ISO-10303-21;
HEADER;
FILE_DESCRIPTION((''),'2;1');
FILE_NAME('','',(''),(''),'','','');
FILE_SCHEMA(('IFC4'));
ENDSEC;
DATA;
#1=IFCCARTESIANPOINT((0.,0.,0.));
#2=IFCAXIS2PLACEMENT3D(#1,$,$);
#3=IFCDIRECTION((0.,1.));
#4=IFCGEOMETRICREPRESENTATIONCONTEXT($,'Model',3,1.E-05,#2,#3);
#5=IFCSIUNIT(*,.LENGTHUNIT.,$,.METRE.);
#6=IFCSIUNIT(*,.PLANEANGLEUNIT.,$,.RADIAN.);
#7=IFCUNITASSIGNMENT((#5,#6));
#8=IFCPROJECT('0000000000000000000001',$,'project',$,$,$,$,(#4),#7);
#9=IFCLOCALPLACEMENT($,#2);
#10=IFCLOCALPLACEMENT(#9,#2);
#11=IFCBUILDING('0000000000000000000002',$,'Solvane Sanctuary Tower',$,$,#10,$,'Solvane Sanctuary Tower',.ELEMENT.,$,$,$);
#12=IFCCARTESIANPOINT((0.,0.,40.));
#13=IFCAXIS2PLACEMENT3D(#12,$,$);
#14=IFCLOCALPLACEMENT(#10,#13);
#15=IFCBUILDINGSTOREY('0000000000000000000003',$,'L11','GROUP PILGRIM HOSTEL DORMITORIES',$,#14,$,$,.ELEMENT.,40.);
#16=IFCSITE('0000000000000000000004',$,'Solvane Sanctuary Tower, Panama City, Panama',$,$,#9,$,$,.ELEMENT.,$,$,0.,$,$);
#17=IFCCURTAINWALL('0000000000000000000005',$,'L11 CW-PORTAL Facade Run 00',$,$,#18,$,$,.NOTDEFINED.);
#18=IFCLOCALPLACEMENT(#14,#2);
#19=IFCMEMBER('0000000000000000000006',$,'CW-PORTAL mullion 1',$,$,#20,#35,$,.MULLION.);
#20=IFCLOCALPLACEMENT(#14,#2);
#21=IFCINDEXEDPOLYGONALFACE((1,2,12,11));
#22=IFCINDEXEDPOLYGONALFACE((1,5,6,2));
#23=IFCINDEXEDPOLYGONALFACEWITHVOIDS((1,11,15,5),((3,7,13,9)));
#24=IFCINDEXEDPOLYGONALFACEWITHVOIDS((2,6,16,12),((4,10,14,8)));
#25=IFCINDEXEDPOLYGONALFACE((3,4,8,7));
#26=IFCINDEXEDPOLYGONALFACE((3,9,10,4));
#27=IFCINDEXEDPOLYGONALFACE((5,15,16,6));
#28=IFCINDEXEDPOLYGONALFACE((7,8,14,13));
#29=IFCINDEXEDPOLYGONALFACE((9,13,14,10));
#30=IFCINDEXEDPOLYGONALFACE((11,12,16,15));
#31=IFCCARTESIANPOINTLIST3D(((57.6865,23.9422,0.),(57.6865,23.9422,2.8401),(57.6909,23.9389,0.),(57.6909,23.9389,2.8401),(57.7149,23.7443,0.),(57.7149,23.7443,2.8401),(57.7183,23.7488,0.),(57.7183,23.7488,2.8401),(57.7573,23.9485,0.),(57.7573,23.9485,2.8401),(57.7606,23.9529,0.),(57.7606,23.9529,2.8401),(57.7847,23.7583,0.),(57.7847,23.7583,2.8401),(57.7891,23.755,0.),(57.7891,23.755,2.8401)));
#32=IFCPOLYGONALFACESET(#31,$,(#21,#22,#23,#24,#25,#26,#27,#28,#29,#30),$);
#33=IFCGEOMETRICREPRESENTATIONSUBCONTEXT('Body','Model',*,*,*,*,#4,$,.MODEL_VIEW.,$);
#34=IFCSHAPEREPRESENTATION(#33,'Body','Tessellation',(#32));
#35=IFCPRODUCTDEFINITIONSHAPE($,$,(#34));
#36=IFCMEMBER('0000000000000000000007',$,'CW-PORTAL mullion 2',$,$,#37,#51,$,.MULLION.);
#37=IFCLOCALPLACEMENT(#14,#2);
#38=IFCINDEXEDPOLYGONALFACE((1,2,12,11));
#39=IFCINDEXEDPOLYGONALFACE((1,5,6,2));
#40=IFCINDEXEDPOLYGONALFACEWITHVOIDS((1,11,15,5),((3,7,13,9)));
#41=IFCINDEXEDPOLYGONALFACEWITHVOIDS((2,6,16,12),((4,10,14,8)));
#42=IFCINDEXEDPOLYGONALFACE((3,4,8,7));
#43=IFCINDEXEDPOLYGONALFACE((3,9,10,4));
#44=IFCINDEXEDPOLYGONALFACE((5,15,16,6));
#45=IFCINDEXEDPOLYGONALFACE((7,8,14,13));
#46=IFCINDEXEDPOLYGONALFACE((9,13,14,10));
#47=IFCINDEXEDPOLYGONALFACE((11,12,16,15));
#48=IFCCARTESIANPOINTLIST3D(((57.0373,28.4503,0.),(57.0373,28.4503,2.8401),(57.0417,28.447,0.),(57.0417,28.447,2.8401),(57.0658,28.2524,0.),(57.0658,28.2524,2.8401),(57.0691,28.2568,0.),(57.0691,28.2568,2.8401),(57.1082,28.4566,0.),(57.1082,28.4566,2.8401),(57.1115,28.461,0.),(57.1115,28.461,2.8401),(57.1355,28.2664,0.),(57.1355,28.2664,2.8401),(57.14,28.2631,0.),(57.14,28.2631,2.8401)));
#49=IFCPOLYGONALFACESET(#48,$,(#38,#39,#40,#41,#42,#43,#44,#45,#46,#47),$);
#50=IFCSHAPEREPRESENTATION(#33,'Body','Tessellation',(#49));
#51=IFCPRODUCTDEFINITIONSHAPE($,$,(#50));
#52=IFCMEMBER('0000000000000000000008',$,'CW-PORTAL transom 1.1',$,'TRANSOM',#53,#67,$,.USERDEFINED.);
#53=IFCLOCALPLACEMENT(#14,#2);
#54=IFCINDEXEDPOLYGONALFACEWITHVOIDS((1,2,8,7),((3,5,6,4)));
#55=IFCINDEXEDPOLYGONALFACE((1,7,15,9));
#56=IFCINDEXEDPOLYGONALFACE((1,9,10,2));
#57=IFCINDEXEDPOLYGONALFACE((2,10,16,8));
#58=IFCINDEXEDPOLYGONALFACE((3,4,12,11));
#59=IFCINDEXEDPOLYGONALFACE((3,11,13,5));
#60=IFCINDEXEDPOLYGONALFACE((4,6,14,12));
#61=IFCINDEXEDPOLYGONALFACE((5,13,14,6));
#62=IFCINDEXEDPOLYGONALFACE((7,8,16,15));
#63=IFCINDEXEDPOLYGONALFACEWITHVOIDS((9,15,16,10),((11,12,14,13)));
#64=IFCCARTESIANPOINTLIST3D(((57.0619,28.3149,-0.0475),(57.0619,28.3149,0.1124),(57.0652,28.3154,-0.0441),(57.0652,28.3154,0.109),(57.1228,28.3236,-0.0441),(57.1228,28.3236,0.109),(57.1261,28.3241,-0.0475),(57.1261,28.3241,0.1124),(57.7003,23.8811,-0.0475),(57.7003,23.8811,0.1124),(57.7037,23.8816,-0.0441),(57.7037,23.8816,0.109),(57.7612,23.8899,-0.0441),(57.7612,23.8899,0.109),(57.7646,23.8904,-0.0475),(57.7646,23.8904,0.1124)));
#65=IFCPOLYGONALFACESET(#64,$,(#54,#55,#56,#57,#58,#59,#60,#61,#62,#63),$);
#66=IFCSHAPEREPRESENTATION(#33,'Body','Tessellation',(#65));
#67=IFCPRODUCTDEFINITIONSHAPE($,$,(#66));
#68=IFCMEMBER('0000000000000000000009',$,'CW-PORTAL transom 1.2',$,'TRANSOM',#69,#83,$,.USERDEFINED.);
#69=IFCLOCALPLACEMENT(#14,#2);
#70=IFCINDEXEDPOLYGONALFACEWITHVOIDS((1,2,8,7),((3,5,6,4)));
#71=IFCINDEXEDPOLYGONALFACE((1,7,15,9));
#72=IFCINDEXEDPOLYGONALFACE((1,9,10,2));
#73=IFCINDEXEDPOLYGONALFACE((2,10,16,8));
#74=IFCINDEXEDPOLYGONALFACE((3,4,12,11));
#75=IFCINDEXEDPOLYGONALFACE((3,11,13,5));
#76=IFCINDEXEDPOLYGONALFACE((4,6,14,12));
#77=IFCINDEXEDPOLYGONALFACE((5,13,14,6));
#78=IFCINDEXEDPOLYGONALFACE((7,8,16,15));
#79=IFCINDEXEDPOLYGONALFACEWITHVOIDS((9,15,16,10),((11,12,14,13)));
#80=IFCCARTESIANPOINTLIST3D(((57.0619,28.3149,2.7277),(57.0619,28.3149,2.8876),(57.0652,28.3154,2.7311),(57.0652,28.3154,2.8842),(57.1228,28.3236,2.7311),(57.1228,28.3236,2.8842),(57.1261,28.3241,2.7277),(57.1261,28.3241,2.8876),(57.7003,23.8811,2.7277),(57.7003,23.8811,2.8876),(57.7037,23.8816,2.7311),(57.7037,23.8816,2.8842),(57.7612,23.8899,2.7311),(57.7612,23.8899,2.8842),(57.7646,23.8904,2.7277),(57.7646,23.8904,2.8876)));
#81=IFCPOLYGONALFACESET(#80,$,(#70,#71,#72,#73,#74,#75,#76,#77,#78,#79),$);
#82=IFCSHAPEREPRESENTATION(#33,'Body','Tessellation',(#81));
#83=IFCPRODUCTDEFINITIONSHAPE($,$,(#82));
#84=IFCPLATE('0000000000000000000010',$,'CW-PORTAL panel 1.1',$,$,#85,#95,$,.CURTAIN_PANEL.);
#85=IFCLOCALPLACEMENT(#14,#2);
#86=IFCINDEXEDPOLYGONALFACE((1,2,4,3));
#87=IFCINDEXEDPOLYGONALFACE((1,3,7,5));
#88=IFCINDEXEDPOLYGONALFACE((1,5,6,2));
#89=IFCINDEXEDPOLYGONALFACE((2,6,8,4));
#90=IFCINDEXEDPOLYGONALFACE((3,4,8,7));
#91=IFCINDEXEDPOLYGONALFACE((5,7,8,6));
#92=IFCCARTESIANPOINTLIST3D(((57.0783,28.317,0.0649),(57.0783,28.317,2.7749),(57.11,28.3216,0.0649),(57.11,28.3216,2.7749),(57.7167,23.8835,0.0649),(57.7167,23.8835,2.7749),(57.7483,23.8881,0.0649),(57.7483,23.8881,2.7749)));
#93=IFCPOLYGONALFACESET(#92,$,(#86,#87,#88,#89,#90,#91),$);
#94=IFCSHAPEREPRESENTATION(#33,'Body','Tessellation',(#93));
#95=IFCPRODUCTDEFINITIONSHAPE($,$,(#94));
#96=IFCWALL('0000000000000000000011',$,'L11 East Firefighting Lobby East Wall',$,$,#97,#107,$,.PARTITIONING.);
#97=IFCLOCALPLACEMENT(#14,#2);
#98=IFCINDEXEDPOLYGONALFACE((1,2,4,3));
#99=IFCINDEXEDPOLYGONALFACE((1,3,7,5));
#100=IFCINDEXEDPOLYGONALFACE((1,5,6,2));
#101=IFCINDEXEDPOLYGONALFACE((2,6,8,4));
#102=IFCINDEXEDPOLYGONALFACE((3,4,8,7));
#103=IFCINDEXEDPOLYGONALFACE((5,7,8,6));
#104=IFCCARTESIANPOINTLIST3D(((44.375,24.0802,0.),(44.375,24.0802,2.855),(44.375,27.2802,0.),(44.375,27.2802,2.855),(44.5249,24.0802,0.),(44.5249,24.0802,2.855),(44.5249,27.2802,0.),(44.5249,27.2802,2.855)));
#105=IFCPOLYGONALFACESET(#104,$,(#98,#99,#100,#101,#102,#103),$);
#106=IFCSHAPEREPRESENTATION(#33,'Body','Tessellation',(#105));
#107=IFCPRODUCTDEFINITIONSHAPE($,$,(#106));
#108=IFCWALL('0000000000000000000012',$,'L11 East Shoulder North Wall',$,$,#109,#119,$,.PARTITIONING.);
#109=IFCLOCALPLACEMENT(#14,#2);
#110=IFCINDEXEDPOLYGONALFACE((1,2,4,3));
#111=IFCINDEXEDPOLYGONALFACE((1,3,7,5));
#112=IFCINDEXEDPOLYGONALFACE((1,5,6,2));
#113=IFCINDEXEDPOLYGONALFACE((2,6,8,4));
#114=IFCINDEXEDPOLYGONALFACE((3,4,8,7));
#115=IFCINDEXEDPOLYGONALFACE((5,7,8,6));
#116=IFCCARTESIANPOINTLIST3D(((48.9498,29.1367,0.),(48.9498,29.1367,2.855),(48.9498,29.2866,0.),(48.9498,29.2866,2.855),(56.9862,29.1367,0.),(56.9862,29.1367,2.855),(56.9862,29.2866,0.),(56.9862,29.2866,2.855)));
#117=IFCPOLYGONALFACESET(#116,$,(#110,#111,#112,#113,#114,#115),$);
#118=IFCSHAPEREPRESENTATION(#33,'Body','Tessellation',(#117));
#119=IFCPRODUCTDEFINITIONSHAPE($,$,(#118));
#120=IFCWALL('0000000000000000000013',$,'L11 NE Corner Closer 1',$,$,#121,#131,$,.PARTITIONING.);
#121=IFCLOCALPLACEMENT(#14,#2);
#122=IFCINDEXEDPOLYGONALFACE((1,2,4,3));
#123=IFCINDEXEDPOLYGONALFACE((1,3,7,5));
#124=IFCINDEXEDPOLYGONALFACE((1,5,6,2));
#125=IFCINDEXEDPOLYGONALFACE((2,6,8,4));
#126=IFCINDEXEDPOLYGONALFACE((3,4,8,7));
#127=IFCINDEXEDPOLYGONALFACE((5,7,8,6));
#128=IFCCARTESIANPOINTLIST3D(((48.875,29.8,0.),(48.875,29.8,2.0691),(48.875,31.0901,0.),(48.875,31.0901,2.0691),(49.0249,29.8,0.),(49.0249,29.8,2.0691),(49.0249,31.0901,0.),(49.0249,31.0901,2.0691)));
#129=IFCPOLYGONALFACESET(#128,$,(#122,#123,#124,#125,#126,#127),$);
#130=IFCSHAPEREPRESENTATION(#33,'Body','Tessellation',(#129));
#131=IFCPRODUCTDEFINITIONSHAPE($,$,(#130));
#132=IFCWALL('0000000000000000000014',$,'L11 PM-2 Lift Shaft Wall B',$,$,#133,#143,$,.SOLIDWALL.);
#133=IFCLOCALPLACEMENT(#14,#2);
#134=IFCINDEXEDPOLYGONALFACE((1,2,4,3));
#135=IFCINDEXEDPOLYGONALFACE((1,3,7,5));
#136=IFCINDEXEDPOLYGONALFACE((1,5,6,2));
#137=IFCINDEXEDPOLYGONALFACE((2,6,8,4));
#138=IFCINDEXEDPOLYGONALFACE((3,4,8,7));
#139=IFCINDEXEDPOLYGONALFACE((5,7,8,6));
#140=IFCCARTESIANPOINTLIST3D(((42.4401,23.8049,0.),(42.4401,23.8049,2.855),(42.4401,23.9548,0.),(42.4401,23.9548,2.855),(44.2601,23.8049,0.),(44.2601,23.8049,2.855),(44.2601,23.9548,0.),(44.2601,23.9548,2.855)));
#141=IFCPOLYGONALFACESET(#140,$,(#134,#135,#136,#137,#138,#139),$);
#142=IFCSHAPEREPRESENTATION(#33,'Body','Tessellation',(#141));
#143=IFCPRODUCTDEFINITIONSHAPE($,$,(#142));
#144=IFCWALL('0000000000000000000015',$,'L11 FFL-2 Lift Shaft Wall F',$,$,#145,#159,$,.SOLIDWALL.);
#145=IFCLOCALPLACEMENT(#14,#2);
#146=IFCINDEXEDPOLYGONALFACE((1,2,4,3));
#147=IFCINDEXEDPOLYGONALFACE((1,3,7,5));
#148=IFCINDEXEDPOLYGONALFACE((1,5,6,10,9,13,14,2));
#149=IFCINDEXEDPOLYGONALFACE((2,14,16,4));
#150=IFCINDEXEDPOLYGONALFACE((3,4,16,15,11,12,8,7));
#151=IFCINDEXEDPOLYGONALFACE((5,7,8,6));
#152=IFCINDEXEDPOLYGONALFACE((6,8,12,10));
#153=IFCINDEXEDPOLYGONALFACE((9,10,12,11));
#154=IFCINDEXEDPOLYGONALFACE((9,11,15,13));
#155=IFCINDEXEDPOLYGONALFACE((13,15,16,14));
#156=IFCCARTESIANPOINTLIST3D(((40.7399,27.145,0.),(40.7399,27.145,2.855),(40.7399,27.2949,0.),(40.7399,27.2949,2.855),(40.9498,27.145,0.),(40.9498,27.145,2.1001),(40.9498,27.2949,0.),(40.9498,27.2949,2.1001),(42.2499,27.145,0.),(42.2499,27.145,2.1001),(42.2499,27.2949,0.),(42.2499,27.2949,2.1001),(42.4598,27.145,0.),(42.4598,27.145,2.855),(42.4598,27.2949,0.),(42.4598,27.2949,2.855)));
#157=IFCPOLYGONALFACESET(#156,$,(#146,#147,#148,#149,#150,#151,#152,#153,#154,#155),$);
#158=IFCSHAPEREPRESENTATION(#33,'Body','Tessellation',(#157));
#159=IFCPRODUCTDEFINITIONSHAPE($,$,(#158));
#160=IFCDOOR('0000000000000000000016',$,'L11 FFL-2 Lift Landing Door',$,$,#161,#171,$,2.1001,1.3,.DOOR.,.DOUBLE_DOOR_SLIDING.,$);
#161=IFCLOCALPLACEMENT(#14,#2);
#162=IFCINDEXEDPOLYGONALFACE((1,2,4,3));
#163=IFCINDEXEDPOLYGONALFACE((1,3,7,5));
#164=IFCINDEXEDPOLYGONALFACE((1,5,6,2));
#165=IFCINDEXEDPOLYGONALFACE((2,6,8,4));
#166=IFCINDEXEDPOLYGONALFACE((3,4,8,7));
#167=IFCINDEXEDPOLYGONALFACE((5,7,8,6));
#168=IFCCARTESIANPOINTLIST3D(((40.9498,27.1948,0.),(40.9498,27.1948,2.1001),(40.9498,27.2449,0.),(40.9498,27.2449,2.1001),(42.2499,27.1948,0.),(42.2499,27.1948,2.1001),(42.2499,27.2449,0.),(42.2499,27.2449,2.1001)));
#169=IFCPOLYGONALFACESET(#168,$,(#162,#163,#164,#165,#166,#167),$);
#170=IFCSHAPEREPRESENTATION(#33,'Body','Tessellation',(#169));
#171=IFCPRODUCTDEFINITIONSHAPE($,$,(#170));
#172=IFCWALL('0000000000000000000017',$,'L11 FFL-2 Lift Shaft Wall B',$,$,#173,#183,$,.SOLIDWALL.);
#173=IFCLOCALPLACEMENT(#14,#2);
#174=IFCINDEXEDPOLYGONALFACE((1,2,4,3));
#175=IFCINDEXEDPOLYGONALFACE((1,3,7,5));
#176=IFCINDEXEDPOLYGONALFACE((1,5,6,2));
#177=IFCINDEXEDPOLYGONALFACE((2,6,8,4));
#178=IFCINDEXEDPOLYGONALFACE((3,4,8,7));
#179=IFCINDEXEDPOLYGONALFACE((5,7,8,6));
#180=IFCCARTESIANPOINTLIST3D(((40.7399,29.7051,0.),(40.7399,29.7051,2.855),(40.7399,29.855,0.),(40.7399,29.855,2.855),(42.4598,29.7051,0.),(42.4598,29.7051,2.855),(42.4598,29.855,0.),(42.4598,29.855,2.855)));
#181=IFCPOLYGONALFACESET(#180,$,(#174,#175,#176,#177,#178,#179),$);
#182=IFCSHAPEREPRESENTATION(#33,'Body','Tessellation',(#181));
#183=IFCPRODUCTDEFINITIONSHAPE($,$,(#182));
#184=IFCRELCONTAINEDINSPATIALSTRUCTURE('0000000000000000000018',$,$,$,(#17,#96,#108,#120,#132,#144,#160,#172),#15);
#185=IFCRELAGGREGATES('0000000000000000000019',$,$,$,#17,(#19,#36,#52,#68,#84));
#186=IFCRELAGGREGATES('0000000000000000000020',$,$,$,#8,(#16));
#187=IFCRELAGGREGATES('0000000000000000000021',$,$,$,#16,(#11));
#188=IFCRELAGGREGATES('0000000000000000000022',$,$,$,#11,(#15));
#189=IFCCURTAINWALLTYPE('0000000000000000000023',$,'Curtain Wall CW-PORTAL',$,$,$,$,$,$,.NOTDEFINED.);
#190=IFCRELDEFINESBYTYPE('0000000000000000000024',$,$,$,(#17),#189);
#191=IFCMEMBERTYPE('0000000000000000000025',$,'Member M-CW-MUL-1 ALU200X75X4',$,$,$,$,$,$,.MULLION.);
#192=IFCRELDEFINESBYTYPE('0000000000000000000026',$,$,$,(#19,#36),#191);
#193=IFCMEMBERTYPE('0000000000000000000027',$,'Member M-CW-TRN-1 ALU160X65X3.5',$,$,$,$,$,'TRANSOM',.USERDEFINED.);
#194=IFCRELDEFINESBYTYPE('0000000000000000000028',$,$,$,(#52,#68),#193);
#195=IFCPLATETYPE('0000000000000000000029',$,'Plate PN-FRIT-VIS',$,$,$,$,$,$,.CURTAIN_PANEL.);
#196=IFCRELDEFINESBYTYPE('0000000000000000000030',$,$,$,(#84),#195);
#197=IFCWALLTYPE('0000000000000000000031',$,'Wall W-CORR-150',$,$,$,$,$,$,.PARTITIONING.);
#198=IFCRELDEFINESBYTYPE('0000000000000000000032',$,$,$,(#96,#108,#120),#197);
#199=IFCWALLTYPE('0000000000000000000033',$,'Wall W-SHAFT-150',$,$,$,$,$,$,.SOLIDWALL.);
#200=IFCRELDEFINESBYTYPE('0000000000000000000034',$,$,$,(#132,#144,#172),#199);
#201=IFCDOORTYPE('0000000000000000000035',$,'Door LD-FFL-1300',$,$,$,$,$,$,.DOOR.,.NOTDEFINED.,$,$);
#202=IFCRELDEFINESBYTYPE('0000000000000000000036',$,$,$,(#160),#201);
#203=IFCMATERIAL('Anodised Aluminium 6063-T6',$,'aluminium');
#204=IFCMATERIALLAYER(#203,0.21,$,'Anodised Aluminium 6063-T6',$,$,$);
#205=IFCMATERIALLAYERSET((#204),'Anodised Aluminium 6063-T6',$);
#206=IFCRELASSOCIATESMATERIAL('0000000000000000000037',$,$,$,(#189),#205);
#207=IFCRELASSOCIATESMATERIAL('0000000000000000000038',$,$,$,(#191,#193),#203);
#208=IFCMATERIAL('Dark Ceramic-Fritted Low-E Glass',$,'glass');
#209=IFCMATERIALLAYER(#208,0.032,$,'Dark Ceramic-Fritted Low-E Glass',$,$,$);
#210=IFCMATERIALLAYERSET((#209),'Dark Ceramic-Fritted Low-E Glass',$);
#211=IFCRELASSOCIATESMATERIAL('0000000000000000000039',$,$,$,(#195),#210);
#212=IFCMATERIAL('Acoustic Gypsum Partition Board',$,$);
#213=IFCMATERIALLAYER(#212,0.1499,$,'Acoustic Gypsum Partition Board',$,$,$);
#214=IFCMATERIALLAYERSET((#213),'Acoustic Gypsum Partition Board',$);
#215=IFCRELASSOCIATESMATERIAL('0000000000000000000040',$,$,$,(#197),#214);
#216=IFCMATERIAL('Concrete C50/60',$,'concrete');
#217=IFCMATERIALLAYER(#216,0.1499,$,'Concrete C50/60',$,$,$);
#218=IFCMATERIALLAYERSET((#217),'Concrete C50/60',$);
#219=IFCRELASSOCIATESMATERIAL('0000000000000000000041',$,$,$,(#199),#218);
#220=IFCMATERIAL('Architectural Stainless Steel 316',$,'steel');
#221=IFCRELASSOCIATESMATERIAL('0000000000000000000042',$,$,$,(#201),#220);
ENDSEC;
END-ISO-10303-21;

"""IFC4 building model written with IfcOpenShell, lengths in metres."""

from ifc_helpers import new_model, si_unit, direction, frame, frame_2d, origin, origin_2d, place, context, subcontext, project, spatial, rectangle, hollow_rectangle, extrude, material, layer, layer_set, material_profile, profile_set, type_object, element, fill, aggregate, save


model = new_model("IFC4")

# Units and contexts
model_context = context("Model", 3, precision=1e-05, world=origin(), true_north=direction((0.0, 1.0)))
body_context = subcontext(model_context, "Body", "Model", "MODEL_VIEW")
ifc_project = project(units=[si_unit("LENGTHUNIT", "METRE"), si_unit("PLANEANGLEUNIT", "RADIAN")], contexts=[model_context])

# Site, building, storey
site_placement = place(None, origin())
site = spatial("IfcSite", under=ifc_project, at=site_placement, Name="Solvane Sanctuary Tower, Panama City, Panama", CompositionType="ELEMENT", RefElevation=0.0)
building_placement = place(site_placement, origin())
building = spatial("IfcBuilding", under=site, at=building_placement, Name="Solvane Sanctuary Tower", LongName="Solvane Sanctuary Tower", CompositionType="ELEMENT")
storey_placement = place(building_placement, frame((0.0, 0.0, 40.0)))
storey = spatial("IfcBuildingStorey", under=building, at=storey_placement, Name="L11", Description="GROUP PILGRIM HOSTEL DORMITORIES", CompositionType="ELEMENT", Elevation=40.0)

# Curtain wall, members, plate
ifc_material_1 = material(Name="Anodised Aluminium 6063-T6", Category="aluminium")
ifc_layer_1 = layer(ifc_material_1, 0.21, Name="Anodised Aluminium 6063-T6")
ifc_layer_set_1 = layer_set([ifc_layer_1], Name="Anodised Aluminium 6063-T6")
curtain_wall_type = type_object("IfcCurtainWallType", Name="Curtain Wall CW-PORTAL", PredefinedType="NOTDEFINED", material=ifc_layer_set_1)
curtain_wall_placement = place(storey_placement, origin())
curtain_wall = element("IfcCurtainWall", 1, at=curtain_wall_placement, inside=storey, type_object=curtain_wall_type, Name="L11 CW-PORTAL Facade Run 00", PredefinedType="NOTDEFINED")
ifc_material_profile_1 = material_profile(ifc_material_1, hollow_rectangle(XDim=0.075, YDim=0.2, WallThickness=0.0039, at=origin_2d()), Name="ALU200X75X4")
ifc_profile_set_1 = profile_set([ifc_material_profile_1], Name="Anodised Aluminium 6063-T6")
member_type_1 = type_object("IfcMemberType", Name="Member M-CW-MUL-1 ALU200X75X4", PredefinedType="MULLION", material=ifc_profile_set_1)
member_1_placement = place(storey_placement, frame((57.7378, 23.8486, 0.0), z_axis=(0.0, 0.0, 1.0), x_axis=(-0.989794, -0.142504, 0.0)))
member_1 = element("IfcMember", 2, at=member_1_placement, type_object=member_type_1, Name="CW-PORTAL mullion 1", PredefinedType="MULLION", context=body_context, shape_type="SweptSolid", body=[
    extrude(hollow_rectangle(XDim=0.075, YDim=0.2, WallThickness=0.0039, at=origin_2d()), origin(), (0.0, 0.0, 1.0), 2.8401),
])
member_2_placement = place(storey_placement, frame((57.0886, 28.3567, 0.0), z_axis=(0.0, 0.0, 1.0), x_axis=(-0.989794, -0.142504, 0.0)))
member_2 = element("IfcMember", 3, at=member_2_placement, type_object=member_type_1, Name="CW-PORTAL mullion 2", PredefinedType="MULLION", context=body_context, shape_type="SweptSolid", body=[
    extrude(hollow_rectangle(XDim=0.075, YDim=0.2, WallThickness=0.0039, at=origin_2d()), origin(), (0.0, 0.0, 1.0), 2.8401),
])
ifc_material_profile_2 = material_profile(ifc_material_1, hollow_rectangle(XDim=0.0649, YDim=0.1599, WallThickness=0.0034, at=origin_2d()), Name="ALU160X65X3.5")
ifc_profile_set_2 = profile_set([ifc_material_profile_2], Name="Anodised Aluminium 6063-T6")
member_type_2 = type_object("IfcMemberType", Name="Member M-CW-TRN-1 ALU160X65X3.5", ElementType="TRANSOM", PredefinedType="USERDEFINED", material=ifc_profile_set_2)
member_3_placement = place(storey_placement, frame((57.7324, 23.8857, 0.0325), z_axis=(-0.14252, 0.989792, 0.0), x_axis=(-0.989792, -0.14252, 0.0)))
member_3 = element("IfcMember", 4, at=member_3_placement, type_object=member_type_2, Name="CW-PORTAL transom 1.1", ObjectType="TRANSOM", PredefinedType="USERDEFINED", context=body_context, shape_type="SweptSolid", body=[
    extrude(hollow_rectangle(XDim=0.0649, YDim=0.1599, WallThickness=0.0034, at=origin_2d()), origin(), (0.0, 0.0, 1.0), 4.4795),
])
member_4_placement = place(storey_placement, frame((57.7324, 23.8857, 2.8076), z_axis=(-0.14252, 0.989792, 0.0), x_axis=(-0.989792, -0.14252, 0.0)))
member_4 = element("IfcMember", 5, at=member_4_placement, type_object=member_type_2, Name="CW-PORTAL transom 1.2", ObjectType="TRANSOM", PredefinedType="USERDEFINED", context=body_context, shape_type="SweptSolid", body=[
    extrude(hollow_rectangle(XDim=0.0649, YDim=0.1599, WallThickness=0.0034, at=origin_2d()), origin(), (0.0, 0.0, 1.0), 4.4795),
])
ifc_material_2 = material(Name="Dark Ceramic-Fritted Low-E Glass", Category="glass")
ifc_layer_2 = layer(ifc_material_2, 0.032, Name="Dark Ceramic-Fritted Low-E Glass")
ifc_layer_set_2 = layer_set([ifc_layer_2], Name="Dark Ceramic-Fritted Low-E Glass")
plate_type = type_object("IfcPlateType", Name="Plate PN-FRIT-VIS", PredefinedType="CURTAIN_PANEL", material=ifc_layer_set_2)
plate_placement = place(storey_placement, frame((57.4133, 26.1025, 0.0649), z_axis=(0.0, 0.0, 1.0), x_axis=(-0.142504, 0.989794, 0.0)))
plate = element("IfcPlate", 6, at=plate_placement, type_object=plate_type, Name="CW-PORTAL panel 1.1", PredefinedType="CURTAIN_PANEL", context=body_context, shape_type="SweptSolid", body=[
    extrude(rectangle(XDim=4.4792, YDim=0.032, at=origin_2d()), origin(), (0.0, 0.0, 1.0), 2.71),
])
aggregate(curtain_wall, [member_1, member_2, member_3, member_4, plate])

# Walls
ifc_material_3 = material(Name="Acoustic Gypsum Partition Board")
ifc_layer_3 = layer(ifc_material_3, 0.1499, Name="Acoustic Gypsum Partition Board")
ifc_layer_set_3 = layer_set([ifc_layer_3], Name="Acoustic Gypsum Partition Board")
wall_type_1 = type_object("IfcWallType", Name="Wall W-CORR-150", PredefinedType="PARTITIONING", material=ifc_layer_set_3)
wall_1_placement = place(storey_placement, frame((44.45, 24.0801, 0.0), z_axis=(0.0, 0.0, 1.0), x_axis=(0.0, 1.0, 0.0)))
element("IfcWall", 7, at=wall_1_placement, inside=storey, type_object=wall_type_1, Name="L11 East Firefighting Lobby East Wall", PredefinedType="PARTITIONING", context=body_context, shape_type="SweptSolid", body=[
    extrude(rectangle(XDim=3.2, YDim=0.1499, at=frame_2d((1.6001, 0.0))), origin(), (0.0, 0.0, 1.0), 2.855),
])
wall_2_placement = place(storey_placement, frame((48.95, 29.2117, 0.0), z_axis=(0.0, 0.0, 1.0), x_axis=(1.0, 0.0, 0.0)))
element("IfcWall", 8, at=wall_2_placement, inside=storey, type_object=wall_type_1, Name="L11 East Shoulder North Wall", PredefinedType="PARTITIONING", context=body_context, shape_type="SweptSolid", body=[
    extrude(rectangle(XDim=8.0364, YDim=0.1499, at=frame_2d((4.0181, 0.0))), origin(), (0.0, 0.0, 1.0), 2.855),
])
wall_3_placement = place(storey_placement, frame((48.95, 29.8, 0.0), z_axis=(0.0, 0.0, 1.0), x_axis=(0.0, 1.0, 0.0)))
element("IfcWall", 9, at=wall_3_placement, inside=storey, type_object=wall_type_1, Name="L11 NE Corner Closer 1", PredefinedType="PARTITIONING", context=body_context, shape_type="SweptSolid", body=[
    extrude(rectangle(XDim=1.29, YDim=0.1499, at=frame_2d((0.645, 0.0))), origin(), (0.0, 0.0, 1.0), 2.0691),
])
ifc_material_4 = material(Name="Concrete C50/60", Category="concrete")
ifc_layer_4 = layer(ifc_material_4, 0.1499, Name="Concrete C50/60")
ifc_layer_set_4 = layer_set([ifc_layer_4], Name="Concrete C50/60")
wall_type_2 = type_object("IfcWallType", Name="Wall W-SHAFT-150", PredefinedType="SOLIDWALL", material=ifc_layer_set_4)
wall_4_placement = place(storey_placement, frame((42.4399, 23.8799, 0.0), z_axis=(0.0, 0.0, 1.0), x_axis=(1.0, 0.0, 0.0)))
element("IfcWall", 10, at=wall_4_placement, inside=storey, type_object=wall_type_2, Name="L11 PM-2 Lift Shaft Wall B", PredefinedType="SOLIDWALL", context=body_context, shape_type="SweptSolid", body=[
    extrude(rectangle(XDim=1.8201, YDim=0.1499, at=frame_2d((0.9102, 0.0))), origin(), (0.0, 0.0, 1.0), 2.855),
])

# Wall, opening, door
wall_5_placement = place(storey_placement, frame((40.74, 27.22, 0.0), z_axis=(0.0, 0.0, 1.0), x_axis=(1.0, 0.0, 0.0)))
wall_5 = element("IfcWall", 11, at=wall_5_placement, inside=storey, type_object=wall_type_2, Name="L11 FFL-2 Lift Shaft Wall F", PredefinedType="SOLIDWALL", context=body_context, shape_type="SweptSolid", body=[
    extrude(rectangle(XDim=1.72, YDim=0.1499, at=frame_2d((0.8599, 0.0))), origin(), (0.0, 0.0, 1.0), 2.855),
])
opening_1_placement = place(wall_5_placement, frame((0.21, 0.0, 0.0)))
opening_1 = element("IfcOpeningElement", 12, at=opening_1_placement, cuts=wall_5, PredefinedType="OPENING", context=body_context, shape_type="SweptSolid", body=[
    extrude(rectangle(XDim=1.3, YDim=2.1001, at=frame_2d((0.6499, 1.05))), frame((0.0, 0.085, 0.0), z_axis=(0.0, -1.0, 0.0), x_axis=(1.0, 0.0, 0.0)), (0.0, 0.0, 1.0), 0.1699),
])
ifc_material_5 = material(Name="Architectural Stainless Steel 316", Category="steel")
door_type_1 = type_object("IfcDoorType", Name="Door LD-FFL-1300", OperationType="NOTDEFINED", PredefinedType="DOOR", material=ifc_material_5)
door_1_placement = place(opening_1_placement, origin())
door_1 = element("IfcDoor", 13, at=door_1_placement, inside=storey, type_object=door_type_1, Name="L11 FFL-2 Lift Landing Door", OperationType="DOUBLE_DOOR_SLIDING", OverallHeight=2.1001, OverallWidth=1.3, PredefinedType="DOOR", context=body_context, shape_type="SweptSolid", body=[
    extrude(rectangle(XDim=1.3, YDim=2.1001, at=frame_2d((0.6499, 1.05))), frame((0.0, 0.0249, 0.0), z_axis=(0.0, -1.0, 0.0), x_axis=(1.0, 0.0, 0.0)), (0.0, 0.0, 1.0), 0.05),
])
fill(opening_1, door_1)

# Wall
wall_6_placement = place(storey_placement, frame((40.74, 29.78, 0.0), z_axis=(0.0, 0.0, 1.0), x_axis=(1.0, 0.0, 0.0)))
element("IfcWall", 14, at=wall_6_placement, inside=storey, type_object=wall_type_2, Name="L11 FFL-2 Lift Shaft Wall B", PredefinedType="SOLIDWALL", context=body_context, shape_type="SweptSolid", body=[
    extrude(rectangle(XDim=1.72, YDim=0.1499, at=frame_2d((0.8599, 0.0))), origin(), (0.0, 0.0, 1.0), 2.855),
])

save(model, "model.ifc")
